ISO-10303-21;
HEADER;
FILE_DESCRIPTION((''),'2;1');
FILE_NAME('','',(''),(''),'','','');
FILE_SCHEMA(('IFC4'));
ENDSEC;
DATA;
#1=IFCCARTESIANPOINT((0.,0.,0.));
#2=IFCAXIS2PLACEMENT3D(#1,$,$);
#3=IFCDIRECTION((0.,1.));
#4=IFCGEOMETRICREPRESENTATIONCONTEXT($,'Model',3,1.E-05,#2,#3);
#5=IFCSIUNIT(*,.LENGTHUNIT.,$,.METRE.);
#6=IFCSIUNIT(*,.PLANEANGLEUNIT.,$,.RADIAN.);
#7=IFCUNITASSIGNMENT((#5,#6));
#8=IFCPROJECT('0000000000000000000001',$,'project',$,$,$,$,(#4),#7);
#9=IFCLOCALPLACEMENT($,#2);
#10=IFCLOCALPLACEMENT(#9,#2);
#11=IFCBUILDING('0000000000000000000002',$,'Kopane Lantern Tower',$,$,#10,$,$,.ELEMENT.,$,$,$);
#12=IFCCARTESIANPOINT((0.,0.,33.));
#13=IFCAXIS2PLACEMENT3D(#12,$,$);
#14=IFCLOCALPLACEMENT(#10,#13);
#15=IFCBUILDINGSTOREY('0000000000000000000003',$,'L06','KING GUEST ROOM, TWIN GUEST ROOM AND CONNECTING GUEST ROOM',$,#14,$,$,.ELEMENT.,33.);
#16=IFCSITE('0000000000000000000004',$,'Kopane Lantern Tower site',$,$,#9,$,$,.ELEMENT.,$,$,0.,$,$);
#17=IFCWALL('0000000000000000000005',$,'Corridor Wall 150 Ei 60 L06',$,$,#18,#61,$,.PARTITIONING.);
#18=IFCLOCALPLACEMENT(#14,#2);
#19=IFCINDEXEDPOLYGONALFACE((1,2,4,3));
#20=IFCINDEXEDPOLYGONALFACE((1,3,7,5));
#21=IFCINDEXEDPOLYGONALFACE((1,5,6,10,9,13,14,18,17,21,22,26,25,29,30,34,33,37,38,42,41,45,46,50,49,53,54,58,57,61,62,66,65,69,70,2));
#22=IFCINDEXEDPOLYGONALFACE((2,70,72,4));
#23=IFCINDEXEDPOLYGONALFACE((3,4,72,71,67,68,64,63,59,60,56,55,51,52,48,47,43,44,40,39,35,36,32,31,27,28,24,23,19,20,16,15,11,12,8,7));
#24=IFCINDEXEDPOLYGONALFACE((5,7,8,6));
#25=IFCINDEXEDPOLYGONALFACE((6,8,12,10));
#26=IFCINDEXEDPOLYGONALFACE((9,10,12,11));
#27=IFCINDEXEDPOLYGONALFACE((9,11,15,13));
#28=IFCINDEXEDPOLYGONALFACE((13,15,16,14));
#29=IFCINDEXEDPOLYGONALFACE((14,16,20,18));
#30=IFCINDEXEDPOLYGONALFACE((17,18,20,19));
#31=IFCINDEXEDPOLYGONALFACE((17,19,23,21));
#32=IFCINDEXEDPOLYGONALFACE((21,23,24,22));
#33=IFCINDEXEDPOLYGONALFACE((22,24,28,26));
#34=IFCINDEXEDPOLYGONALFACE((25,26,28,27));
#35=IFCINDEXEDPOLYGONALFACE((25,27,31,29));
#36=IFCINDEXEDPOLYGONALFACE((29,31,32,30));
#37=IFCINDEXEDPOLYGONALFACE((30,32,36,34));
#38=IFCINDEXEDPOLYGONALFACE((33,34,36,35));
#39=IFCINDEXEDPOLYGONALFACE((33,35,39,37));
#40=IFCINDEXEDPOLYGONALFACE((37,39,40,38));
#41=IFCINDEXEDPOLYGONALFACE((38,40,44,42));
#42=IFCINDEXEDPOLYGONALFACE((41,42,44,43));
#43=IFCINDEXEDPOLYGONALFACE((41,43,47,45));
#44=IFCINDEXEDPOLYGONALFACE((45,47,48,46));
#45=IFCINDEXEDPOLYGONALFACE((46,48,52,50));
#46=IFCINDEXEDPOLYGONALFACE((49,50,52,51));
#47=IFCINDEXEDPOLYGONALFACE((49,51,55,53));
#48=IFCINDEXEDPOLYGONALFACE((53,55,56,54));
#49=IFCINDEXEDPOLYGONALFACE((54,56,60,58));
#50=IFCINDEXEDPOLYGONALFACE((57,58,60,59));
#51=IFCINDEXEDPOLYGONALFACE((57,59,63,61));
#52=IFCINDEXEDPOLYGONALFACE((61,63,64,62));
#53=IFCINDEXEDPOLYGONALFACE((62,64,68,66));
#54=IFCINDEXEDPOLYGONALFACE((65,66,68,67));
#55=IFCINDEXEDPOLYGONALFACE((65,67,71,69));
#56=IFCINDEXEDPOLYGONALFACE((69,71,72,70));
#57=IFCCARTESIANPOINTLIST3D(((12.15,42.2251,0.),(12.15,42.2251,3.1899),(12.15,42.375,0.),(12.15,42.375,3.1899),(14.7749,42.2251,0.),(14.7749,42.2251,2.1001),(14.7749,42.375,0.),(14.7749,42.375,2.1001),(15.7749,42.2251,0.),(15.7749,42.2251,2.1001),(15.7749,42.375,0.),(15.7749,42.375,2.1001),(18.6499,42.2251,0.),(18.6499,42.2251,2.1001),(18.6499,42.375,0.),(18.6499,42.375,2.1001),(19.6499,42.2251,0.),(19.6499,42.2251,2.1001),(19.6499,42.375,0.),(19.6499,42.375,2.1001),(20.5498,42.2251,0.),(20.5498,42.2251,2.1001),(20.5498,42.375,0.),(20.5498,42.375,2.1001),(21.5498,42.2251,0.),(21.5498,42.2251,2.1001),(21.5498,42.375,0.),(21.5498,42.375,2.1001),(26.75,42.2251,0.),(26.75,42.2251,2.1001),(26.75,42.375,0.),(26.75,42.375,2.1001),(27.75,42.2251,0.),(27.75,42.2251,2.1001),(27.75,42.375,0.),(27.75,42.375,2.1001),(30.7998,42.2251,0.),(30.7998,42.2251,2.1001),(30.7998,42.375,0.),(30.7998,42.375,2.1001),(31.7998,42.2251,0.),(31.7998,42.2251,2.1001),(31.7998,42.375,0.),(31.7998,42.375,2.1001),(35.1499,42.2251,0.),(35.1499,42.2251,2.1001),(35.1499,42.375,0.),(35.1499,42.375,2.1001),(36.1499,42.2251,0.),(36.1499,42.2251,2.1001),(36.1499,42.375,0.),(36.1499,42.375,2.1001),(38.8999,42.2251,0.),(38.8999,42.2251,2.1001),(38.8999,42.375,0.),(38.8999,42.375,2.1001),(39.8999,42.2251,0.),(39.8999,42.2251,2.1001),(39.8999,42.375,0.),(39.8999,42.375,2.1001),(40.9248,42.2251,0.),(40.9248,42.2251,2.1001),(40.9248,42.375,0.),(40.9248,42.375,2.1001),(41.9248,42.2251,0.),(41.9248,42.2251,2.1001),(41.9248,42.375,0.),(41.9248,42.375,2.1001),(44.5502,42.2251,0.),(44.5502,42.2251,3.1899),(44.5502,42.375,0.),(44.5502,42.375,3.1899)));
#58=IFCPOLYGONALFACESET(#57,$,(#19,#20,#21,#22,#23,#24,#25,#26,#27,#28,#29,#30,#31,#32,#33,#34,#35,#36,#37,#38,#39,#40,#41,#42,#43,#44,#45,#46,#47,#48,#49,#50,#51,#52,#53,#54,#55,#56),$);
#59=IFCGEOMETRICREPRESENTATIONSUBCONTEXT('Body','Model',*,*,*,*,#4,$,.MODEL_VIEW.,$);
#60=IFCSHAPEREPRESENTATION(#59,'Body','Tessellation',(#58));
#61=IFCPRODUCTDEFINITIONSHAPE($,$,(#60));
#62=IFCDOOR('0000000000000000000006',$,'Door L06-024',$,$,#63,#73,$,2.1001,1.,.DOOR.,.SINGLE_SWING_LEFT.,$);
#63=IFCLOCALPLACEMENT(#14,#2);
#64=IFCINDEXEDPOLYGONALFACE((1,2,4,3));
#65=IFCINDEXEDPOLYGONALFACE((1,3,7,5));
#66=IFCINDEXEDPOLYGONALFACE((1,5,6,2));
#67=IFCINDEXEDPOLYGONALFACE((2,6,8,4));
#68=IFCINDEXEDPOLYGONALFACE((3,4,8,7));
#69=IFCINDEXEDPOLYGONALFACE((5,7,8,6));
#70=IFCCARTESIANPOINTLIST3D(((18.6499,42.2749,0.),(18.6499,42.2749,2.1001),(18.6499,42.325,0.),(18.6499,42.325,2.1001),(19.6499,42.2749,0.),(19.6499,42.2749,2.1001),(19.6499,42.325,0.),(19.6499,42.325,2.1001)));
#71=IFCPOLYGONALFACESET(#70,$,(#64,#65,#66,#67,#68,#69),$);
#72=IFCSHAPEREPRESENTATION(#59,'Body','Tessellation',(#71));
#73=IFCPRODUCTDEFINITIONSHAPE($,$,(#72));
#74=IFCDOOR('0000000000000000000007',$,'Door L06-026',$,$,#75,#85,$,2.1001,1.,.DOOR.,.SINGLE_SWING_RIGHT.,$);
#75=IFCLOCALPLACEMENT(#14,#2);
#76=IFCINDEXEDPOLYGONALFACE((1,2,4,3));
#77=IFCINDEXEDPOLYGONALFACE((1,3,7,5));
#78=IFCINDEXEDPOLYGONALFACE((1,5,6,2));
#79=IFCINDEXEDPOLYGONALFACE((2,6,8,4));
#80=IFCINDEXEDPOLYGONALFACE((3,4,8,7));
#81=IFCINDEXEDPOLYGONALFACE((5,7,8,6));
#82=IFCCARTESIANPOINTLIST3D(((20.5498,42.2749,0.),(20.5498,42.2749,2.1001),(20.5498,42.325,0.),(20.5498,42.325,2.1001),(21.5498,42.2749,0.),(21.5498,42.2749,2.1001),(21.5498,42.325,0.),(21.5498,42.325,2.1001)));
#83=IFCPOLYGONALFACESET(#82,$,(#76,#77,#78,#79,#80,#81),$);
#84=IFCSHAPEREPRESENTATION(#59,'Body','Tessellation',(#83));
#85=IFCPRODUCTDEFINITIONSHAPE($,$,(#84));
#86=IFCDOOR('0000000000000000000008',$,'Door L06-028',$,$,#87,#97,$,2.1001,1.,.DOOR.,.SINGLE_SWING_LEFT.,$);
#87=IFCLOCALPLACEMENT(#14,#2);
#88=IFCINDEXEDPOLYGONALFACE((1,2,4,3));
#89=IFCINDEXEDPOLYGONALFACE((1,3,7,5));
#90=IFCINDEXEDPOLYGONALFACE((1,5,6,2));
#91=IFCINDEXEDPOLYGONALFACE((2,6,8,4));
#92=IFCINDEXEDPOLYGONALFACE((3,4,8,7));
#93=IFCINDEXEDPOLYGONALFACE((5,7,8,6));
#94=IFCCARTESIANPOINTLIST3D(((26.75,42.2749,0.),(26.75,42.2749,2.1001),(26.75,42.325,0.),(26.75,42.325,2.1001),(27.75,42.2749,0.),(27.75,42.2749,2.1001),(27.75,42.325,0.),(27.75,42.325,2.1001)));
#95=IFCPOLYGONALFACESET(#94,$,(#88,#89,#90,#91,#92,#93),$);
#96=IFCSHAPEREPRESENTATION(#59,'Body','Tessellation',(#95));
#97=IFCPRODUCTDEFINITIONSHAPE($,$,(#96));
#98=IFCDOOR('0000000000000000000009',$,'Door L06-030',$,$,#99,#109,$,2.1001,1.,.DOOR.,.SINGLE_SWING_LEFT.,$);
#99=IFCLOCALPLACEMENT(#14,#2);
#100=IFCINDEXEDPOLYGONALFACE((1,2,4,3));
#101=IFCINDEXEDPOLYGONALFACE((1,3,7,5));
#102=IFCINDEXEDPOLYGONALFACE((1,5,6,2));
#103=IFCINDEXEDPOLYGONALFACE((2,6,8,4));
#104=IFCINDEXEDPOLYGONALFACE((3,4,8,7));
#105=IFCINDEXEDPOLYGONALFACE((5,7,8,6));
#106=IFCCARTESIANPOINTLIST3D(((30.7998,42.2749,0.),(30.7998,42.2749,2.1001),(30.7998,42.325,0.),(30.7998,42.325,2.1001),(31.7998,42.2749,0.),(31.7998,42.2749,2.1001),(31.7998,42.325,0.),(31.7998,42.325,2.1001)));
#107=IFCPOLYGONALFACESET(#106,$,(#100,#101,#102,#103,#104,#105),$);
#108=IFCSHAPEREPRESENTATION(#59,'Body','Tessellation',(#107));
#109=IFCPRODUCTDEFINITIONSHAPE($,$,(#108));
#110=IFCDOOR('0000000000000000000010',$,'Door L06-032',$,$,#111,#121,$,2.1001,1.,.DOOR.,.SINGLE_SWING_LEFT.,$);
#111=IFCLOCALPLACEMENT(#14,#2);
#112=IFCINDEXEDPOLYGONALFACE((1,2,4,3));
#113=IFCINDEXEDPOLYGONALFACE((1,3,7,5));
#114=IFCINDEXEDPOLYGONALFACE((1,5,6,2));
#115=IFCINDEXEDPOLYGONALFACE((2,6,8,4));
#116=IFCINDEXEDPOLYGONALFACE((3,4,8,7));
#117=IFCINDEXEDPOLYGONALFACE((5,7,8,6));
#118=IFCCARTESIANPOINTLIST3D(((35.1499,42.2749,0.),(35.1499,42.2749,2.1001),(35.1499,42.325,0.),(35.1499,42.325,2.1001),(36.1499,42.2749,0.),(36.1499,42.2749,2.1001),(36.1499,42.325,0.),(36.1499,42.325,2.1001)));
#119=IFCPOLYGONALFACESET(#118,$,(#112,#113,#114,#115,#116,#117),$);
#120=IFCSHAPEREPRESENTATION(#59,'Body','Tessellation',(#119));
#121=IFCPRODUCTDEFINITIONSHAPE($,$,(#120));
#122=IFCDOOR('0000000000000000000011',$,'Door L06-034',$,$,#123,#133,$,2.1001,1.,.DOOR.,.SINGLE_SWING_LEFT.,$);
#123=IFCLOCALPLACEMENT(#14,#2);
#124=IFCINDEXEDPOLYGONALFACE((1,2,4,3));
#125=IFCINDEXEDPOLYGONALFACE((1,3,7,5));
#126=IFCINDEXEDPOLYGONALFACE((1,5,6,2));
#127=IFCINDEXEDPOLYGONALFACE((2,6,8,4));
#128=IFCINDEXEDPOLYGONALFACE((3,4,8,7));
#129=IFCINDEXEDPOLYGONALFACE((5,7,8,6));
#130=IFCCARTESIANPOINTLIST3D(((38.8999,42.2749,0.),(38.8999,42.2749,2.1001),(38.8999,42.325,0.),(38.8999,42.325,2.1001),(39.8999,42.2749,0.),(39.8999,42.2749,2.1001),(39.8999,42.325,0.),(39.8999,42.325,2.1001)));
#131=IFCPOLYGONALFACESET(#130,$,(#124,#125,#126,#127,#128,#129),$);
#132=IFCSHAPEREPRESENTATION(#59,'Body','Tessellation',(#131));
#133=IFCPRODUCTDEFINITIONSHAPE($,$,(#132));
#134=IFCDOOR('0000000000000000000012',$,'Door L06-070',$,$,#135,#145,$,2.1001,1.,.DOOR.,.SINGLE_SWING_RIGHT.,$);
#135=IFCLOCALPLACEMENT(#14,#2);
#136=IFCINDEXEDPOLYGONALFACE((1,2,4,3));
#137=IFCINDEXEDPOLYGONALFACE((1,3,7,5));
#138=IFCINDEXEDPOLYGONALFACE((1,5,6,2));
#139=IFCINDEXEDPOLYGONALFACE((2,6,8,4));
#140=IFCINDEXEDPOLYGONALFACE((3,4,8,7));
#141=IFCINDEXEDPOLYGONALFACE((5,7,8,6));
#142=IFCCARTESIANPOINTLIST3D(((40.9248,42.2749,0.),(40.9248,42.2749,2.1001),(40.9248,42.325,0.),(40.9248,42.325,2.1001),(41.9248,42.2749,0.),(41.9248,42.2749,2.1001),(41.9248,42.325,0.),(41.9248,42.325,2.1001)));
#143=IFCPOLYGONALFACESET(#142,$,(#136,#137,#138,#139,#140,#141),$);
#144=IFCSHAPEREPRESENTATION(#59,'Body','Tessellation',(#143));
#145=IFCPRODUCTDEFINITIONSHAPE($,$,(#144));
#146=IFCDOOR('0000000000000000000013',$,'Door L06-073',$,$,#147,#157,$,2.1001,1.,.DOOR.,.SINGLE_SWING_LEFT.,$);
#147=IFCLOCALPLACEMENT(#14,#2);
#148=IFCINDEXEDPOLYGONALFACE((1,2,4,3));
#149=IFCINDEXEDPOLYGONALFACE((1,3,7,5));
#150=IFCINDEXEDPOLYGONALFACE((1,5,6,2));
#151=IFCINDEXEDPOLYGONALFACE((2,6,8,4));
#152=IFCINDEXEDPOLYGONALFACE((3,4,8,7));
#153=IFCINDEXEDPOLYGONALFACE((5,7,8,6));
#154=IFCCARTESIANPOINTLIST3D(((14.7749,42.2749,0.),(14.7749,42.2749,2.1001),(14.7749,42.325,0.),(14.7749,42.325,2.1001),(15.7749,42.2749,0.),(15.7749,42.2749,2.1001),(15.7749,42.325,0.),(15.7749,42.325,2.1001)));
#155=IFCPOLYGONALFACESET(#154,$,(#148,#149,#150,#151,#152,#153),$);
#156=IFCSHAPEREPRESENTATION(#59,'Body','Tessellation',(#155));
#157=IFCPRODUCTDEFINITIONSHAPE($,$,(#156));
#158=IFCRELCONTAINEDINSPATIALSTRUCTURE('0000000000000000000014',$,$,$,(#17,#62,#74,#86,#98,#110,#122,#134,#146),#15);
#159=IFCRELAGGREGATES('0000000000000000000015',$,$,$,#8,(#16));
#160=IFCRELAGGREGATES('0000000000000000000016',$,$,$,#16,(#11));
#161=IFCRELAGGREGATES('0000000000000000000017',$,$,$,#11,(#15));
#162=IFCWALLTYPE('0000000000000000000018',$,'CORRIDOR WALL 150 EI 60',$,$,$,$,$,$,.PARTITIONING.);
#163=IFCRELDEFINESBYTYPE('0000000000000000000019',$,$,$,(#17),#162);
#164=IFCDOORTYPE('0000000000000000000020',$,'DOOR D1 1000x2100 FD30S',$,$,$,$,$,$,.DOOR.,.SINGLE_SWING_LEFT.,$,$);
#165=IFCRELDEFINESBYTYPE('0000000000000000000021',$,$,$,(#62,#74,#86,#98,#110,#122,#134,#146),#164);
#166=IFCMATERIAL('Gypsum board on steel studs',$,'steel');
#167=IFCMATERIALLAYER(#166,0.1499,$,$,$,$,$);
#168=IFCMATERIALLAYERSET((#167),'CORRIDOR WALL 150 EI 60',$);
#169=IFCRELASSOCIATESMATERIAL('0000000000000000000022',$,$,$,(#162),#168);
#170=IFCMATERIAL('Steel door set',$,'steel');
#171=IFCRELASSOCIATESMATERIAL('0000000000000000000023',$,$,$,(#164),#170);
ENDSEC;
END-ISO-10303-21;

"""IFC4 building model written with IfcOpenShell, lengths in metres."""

from ifc_helpers import new_model, si_unit, direction, frame, frame_2d, origin, place, context, subcontext, project, spatial, rectangle, extrude, material, layer, layer_set, type_object, element, fill, save


model = new_model("IFC4")

# Units and contexts
model_context = context("Model", 3, precision=1e-05, world=origin(), true_north=direction((0.0, 1.0)))
body_context = subcontext(model_context, "Body", "Model", "MODEL_VIEW")
ifc_project = project(units=[si_unit("LENGTHUNIT", "METRE"), si_unit("PLANEANGLEUNIT", "RADIAN")], contexts=[model_context])

# Site, building, storey
site_placement = place(None, origin())
site = spatial("IfcSite", under=ifc_project, at=site_placement, Name="Kopane Lantern Tower site", CompositionType="ELEMENT", RefElevation=0.0)
building_placement = place(site_placement, origin())
building = spatial("IfcBuilding", under=site, at=building_placement, Name="Kopane Lantern Tower", CompositionType="ELEMENT")
storey_placement = place(building_placement, frame((0.0, 0.0, 33.0)))
storey = spatial("IfcBuildingStorey", under=building, at=storey_placement, Name="L06", Description="KING GUEST ROOM, TWIN GUEST ROOM AND CONNECTING GUEST ROOM", CompositionType="ELEMENT", Elevation=33.0)

# Wall, openings, doors
ifc_material_1 = material(Name="Gypsum board on steel studs", Category="steel")
ifc_layer_1 = layer(ifc_material_1, 0.1499)
ifc_layer_set_1 = layer_set([ifc_layer_1], Name="CORRIDOR WALL 150 EI 60")
wall_type_1 = type_object("IfcWallType", Name="CORRIDOR WALL 150 EI 60", PredefinedType="PARTITIONING", material=ifc_layer_set_1)
wall_1_placement = place(storey_placement, frame((12.1499, 42.3, 0.0), z_axis=(0.0, 0.0, 1.0), x_axis=(1.0, 0.0, 0.0)))
wall_1 = element("IfcWall", 1, at=wall_1_placement, inside=storey, type_object=wall_type_1, Name="Corridor Wall 150 Ei 60 L06", PredefinedType="PARTITIONING", context=body_context, shape_type="SweptSolid", body=[
    extrude(rectangle(XDim=32.4001, YDim=0.1499, at=frame_2d((16.2002, 0.0))), origin(), (0.0, 0.0, 1.0), 3.1899),
])
opening_1_placement = place(wall_1_placement, frame((6.5, 0.0, 0.0)))
opening_1 = element("IfcOpeningElement", 2, at=opening_1_placement, cuts=wall_1, PredefinedType="OPENING", context=body_context, shape_type="SweptSolid", body=[
    extrude(rectangle(XDim=1.0, YDim=2.1001, at=frame_2d((0.5, 1.05))), frame((0.0, 0.085, 0.0), z_axis=(0.0, -1.0, 0.0), x_axis=(1.0, 0.0, 0.0)), (0.0, 0.0, 1.0), 0.1699),
])
opening_2_placement = place(wall_1_placement, frame((8.3999, 0.0, 0.0)))
opening_2 = element("IfcOpeningElement", 3, at=opening_2_placement, cuts=wall_1, PredefinedType="OPENING", context=body_context, shape_type="SweptSolid", body=[
    extrude(rectangle(XDim=1.0, YDim=2.1001, at=frame_2d((0.5, 1.05))), frame((0.0, 0.085, 0.0), z_axis=(0.0, -1.0, 0.0), x_axis=(1.0, 0.0, 0.0)), (0.0, 0.0, 1.0), 0.1699),
])
opening_3_placement = place(wall_1_placement, frame((14.6001, 0.0, 0.0)))
opening_3 = element("IfcOpeningElement", 4, at=opening_3_placement, cuts=wall_1, PredefinedType="OPENING", context=body_context, shape_type="SweptSolid", body=[
    extrude(rectangle(XDim=1.0, YDim=2.1001, at=frame_2d((0.5, 1.05))), frame((0.0, 0.085, 0.0), z_axis=(0.0, -1.0, 0.0), x_axis=(1.0, 0.0, 0.0)), (0.0, 0.0, 1.0), 0.1699),
])
opening_4_placement = place(wall_1_placement, frame((18.6499, 0.0, 0.0)))
opening_4 = element("IfcOpeningElement", 5, at=opening_4_placement, cuts=wall_1, PredefinedType="OPENING", context=body_context, shape_type="SweptSolid", body=[
    extrude(rectangle(XDim=1.0, YDim=2.1001, at=frame_2d((0.5, 1.05))), frame((0.0, 0.085, 0.0), z_axis=(0.0, -1.0, 0.0), x_axis=(1.0, 0.0, 0.0)), (0.0, 0.0, 1.0), 0.1699),
])
opening_5_placement = place(wall_1_placement, frame((23.0, 0.0, 0.0)))
opening_5 = element("IfcOpeningElement", 6, at=opening_5_placement, cuts=wall_1, PredefinedType="OPENING", context=body_context, shape_type="SweptSolid", body=[
    extrude(rectangle(XDim=1.0, YDim=2.1001, at=frame_2d((0.5, 1.05))), frame((0.0, 0.085, 0.0), z_axis=(0.0, -1.0, 0.0), x_axis=(1.0, 0.0, 0.0)), (0.0, 0.0, 1.0), 0.1699),
])
opening_6_placement = place(wall_1_placement, frame((26.75, 0.0, 0.0)))
opening_6 = element("IfcOpeningElement", 7, at=opening_6_placement, cuts=wall_1, PredefinedType="OPENING", context=body_context, shape_type="SweptSolid", body=[
    extrude(rectangle(XDim=1.0, YDim=2.1001, at=frame_2d((0.5, 1.05))), frame((0.0, 0.085, 0.0), z_axis=(0.0, -1.0, 0.0), x_axis=(1.0, 0.0, 0.0)), (0.0, 0.0, 1.0), 0.1699),
])
opening_7_placement = place(wall_1_placement, frame((28.7749, 0.0, 0.0)))
opening_7 = element("IfcOpeningElement", 8, at=opening_7_placement, cuts=wall_1, PredefinedType="OPENING", context=body_context, shape_type="SweptSolid", body=[
    extrude(rectangle(XDim=1.0, YDim=2.1001, at=frame_2d((0.5, 1.05))), frame((0.0, 0.085, 0.0), z_axis=(0.0, -1.0, 0.0), x_axis=(1.0, 0.0, 0.0)), (0.0, 0.0, 1.0), 0.1699),
])
opening_8_placement = place(wall_1_placement, frame((2.625, 0.0, 0.0)))
opening_8 = element("IfcOpeningElement", 9, at=opening_8_placement, cuts=wall_1, PredefinedType="OPENING", context=body_context, shape_type="SweptSolid", body=[
    extrude(rectangle(XDim=1.0, YDim=2.1001, at=frame_2d((0.5, 1.05))), frame((0.0, 0.085, 0.0), z_axis=(0.0, -1.0, 0.0), x_axis=(1.0, 0.0, 0.0)), (0.0, 0.0, 1.0), 0.1699),
])
ifc_material_2 = material(Name="Steel door set", Category="steel")
door_type_1 = type_object("IfcDoorType", Name="DOOR D1 1000x2100 FD30S", OperationType="SINGLE_SWING_LEFT", PredefinedType="DOOR", material=ifc_material_2)
door_1_placement = place(opening_1_placement, origin())
door_1 = element("IfcDoor", 10, at=door_1_placement, inside=storey, type_object=door_type_1, Name="Door L06-024", OperationType="SINGLE_SWING_LEFT", OverallHeight=2.1001, OverallWidth=1.0, PredefinedType="DOOR", context=body_context, shape_type="SweptSolid", body=[
    extrude(rectangle(XDim=1.0, YDim=2.1001, at=frame_2d((0.5, 1.05))), frame((0.0, 0.0249, 0.0), z_axis=(0.0, -1.0, 0.0), x_axis=(1.0, 0.0, 0.0)), (0.0, 0.0, 1.0), 0.05),
])
fill(opening_1, door_1)
door_2_placement = place(opening_2_placement, origin())
door_2 = element("IfcDoor", 11, at=door_2_placement, inside=storey, type_object=door_type_1, Name="Door L06-026", OperationType="SINGLE_SWING_RIGHT", OverallHeight=2.1001, OverallWidth=1.0, PredefinedType="DOOR", context=body_context, shape_type="SweptSolid", body=[
    extrude(rectangle(XDim=1.0, YDim=2.1001, at=frame_2d((0.5, 1.05))), frame((0.0, 0.0249, 0.0), z_axis=(0.0, -1.0, 0.0), x_axis=(1.0, 0.0, 0.0)), (0.0, 0.0, 1.0), 0.05),
])
fill(opening_2, door_2)
door_3_placement = place(opening_3_placement, origin())
door_3 = element("IfcDoor", 12, at=door_3_placement, inside=storey, type_object=door_type_1, Name="Door L06-028", OperationType="SINGLE_SWING_LEFT", OverallHeight=2.1001, OverallWidth=1.0, PredefinedType="DOOR", context=body_context, shape_type="SweptSolid", body=[
    extrude(rectangle(XDim=1.0, YDim=2.1001, at=frame_2d((0.5, 1.05))), frame((0.0, 0.0249, 0.0), z_axis=(0.0, -1.0, 0.0), x_axis=(1.0, 0.0, 0.0)), (0.0, 0.0, 1.0), 0.05),
])
fill(opening_3, door_3)
door_4_placement = place(opening_4_placement, origin())
door_4 = element("IfcDoor", 13, at=door_4_placement, inside=storey, type_object=door_type_1, Name="Door L06-030", OperationType="SINGLE_SWING_LEFT", OverallHeight=2.1001, OverallWidth=1.0, PredefinedType="DOOR", context=body_context, shape_type="SweptSolid", body=[
    extrude(rectangle(XDim=1.0, YDim=2.1001, at=frame_2d((0.5, 1.05))), frame((0.0, 0.0249, 0.0), z_axis=(0.0, -1.0, 0.0), x_axis=(1.0, 0.0, 0.0)), (0.0, 0.0, 1.0), 0.05),
])
fill(opening_4, door_4)
door_5_placement = place(opening_5_placement, origin())
door_5 = element("IfcDoor", 14, at=door_5_placement, inside=storey, type_object=door_type_1, Name="Door L06-032", OperationType="SINGLE_SWING_LEFT", OverallHeight=2.1001, OverallWidth=1.0, PredefinedType="DOOR", context=body_context, shape_type="SweptSolid", body=[
    extrude(rectangle(XDim=1.0, YDim=2.1001, at=frame_2d((0.5, 1.05))), frame((0.0, 0.0249, 0.0), z_axis=(0.0, -1.0, 0.0), x_axis=(1.0, 0.0, 0.0)), (0.0, 0.0, 1.0), 0.05),
])
fill(opening_5, door_5)
door_6_placement = place(opening_6_placement, origin())
door_6 = element("IfcDoor", 15, at=door_6_placement, inside=storey, type_object=door_type_1, Name="Door L06-034", OperationType="SINGLE_SWING_LEFT", OverallHeight=2.1001, OverallWidth=1.0, PredefinedType="DOOR", context=body_context, shape_type="SweptSolid", body=[
    extrude(rectangle(XDim=1.0, YDim=2.1001, at=frame_2d((0.5, 1.05))), frame((0.0, 0.0249, 0.0), z_axis=(0.0, -1.0, 0.0), x_axis=(1.0, 0.0, 0.0)), (0.0, 0.0, 1.0), 0.05),
])
fill(opening_6, door_6)
door_7_placement = place(opening_7_placement, origin())
door_7 = element("IfcDoor", 16, at=door_7_placement, inside=storey, type_object=door_type_1, Name="Door L06-070", OperationType="SINGLE_SWING_RIGHT", OverallHeight=2.1001, OverallWidth=1.0, PredefinedType="DOOR", context=body_context, shape_type="SweptSolid", body=[
    extrude(rectangle(XDim=1.0, YDim=2.1001, at=frame_2d((0.5, 1.05))), frame((0.0, 0.0249, 0.0), z_axis=(0.0, -1.0, 0.0), x_axis=(1.0, 0.0, 0.0)), (0.0, 0.0, 1.0), 0.05),
])
fill(opening_7, door_7)
door_8_placement = place(opening_8_placement, origin())
door_8 = element("IfcDoor", 17, at=door_8_placement, inside=storey, type_object=door_type_1, Name="Door L06-073", OperationType="SINGLE_SWING_LEFT", OverallHeight=2.1001, OverallWidth=1.0, PredefinedType="DOOR", context=body_context, shape_type="SweptSolid", body=[
    extrude(rectangle(XDim=1.0, YDim=2.1001, at=frame_2d((0.5, 1.05))), frame((0.0, 0.0249, 0.0), z_axis=(0.0, -1.0, 0.0), x_axis=(1.0, 0.0, 0.0)), (0.0, 0.0, 1.0), 0.05),
])
fill(opening_8, door_8)

save(model, "model.ifc")
